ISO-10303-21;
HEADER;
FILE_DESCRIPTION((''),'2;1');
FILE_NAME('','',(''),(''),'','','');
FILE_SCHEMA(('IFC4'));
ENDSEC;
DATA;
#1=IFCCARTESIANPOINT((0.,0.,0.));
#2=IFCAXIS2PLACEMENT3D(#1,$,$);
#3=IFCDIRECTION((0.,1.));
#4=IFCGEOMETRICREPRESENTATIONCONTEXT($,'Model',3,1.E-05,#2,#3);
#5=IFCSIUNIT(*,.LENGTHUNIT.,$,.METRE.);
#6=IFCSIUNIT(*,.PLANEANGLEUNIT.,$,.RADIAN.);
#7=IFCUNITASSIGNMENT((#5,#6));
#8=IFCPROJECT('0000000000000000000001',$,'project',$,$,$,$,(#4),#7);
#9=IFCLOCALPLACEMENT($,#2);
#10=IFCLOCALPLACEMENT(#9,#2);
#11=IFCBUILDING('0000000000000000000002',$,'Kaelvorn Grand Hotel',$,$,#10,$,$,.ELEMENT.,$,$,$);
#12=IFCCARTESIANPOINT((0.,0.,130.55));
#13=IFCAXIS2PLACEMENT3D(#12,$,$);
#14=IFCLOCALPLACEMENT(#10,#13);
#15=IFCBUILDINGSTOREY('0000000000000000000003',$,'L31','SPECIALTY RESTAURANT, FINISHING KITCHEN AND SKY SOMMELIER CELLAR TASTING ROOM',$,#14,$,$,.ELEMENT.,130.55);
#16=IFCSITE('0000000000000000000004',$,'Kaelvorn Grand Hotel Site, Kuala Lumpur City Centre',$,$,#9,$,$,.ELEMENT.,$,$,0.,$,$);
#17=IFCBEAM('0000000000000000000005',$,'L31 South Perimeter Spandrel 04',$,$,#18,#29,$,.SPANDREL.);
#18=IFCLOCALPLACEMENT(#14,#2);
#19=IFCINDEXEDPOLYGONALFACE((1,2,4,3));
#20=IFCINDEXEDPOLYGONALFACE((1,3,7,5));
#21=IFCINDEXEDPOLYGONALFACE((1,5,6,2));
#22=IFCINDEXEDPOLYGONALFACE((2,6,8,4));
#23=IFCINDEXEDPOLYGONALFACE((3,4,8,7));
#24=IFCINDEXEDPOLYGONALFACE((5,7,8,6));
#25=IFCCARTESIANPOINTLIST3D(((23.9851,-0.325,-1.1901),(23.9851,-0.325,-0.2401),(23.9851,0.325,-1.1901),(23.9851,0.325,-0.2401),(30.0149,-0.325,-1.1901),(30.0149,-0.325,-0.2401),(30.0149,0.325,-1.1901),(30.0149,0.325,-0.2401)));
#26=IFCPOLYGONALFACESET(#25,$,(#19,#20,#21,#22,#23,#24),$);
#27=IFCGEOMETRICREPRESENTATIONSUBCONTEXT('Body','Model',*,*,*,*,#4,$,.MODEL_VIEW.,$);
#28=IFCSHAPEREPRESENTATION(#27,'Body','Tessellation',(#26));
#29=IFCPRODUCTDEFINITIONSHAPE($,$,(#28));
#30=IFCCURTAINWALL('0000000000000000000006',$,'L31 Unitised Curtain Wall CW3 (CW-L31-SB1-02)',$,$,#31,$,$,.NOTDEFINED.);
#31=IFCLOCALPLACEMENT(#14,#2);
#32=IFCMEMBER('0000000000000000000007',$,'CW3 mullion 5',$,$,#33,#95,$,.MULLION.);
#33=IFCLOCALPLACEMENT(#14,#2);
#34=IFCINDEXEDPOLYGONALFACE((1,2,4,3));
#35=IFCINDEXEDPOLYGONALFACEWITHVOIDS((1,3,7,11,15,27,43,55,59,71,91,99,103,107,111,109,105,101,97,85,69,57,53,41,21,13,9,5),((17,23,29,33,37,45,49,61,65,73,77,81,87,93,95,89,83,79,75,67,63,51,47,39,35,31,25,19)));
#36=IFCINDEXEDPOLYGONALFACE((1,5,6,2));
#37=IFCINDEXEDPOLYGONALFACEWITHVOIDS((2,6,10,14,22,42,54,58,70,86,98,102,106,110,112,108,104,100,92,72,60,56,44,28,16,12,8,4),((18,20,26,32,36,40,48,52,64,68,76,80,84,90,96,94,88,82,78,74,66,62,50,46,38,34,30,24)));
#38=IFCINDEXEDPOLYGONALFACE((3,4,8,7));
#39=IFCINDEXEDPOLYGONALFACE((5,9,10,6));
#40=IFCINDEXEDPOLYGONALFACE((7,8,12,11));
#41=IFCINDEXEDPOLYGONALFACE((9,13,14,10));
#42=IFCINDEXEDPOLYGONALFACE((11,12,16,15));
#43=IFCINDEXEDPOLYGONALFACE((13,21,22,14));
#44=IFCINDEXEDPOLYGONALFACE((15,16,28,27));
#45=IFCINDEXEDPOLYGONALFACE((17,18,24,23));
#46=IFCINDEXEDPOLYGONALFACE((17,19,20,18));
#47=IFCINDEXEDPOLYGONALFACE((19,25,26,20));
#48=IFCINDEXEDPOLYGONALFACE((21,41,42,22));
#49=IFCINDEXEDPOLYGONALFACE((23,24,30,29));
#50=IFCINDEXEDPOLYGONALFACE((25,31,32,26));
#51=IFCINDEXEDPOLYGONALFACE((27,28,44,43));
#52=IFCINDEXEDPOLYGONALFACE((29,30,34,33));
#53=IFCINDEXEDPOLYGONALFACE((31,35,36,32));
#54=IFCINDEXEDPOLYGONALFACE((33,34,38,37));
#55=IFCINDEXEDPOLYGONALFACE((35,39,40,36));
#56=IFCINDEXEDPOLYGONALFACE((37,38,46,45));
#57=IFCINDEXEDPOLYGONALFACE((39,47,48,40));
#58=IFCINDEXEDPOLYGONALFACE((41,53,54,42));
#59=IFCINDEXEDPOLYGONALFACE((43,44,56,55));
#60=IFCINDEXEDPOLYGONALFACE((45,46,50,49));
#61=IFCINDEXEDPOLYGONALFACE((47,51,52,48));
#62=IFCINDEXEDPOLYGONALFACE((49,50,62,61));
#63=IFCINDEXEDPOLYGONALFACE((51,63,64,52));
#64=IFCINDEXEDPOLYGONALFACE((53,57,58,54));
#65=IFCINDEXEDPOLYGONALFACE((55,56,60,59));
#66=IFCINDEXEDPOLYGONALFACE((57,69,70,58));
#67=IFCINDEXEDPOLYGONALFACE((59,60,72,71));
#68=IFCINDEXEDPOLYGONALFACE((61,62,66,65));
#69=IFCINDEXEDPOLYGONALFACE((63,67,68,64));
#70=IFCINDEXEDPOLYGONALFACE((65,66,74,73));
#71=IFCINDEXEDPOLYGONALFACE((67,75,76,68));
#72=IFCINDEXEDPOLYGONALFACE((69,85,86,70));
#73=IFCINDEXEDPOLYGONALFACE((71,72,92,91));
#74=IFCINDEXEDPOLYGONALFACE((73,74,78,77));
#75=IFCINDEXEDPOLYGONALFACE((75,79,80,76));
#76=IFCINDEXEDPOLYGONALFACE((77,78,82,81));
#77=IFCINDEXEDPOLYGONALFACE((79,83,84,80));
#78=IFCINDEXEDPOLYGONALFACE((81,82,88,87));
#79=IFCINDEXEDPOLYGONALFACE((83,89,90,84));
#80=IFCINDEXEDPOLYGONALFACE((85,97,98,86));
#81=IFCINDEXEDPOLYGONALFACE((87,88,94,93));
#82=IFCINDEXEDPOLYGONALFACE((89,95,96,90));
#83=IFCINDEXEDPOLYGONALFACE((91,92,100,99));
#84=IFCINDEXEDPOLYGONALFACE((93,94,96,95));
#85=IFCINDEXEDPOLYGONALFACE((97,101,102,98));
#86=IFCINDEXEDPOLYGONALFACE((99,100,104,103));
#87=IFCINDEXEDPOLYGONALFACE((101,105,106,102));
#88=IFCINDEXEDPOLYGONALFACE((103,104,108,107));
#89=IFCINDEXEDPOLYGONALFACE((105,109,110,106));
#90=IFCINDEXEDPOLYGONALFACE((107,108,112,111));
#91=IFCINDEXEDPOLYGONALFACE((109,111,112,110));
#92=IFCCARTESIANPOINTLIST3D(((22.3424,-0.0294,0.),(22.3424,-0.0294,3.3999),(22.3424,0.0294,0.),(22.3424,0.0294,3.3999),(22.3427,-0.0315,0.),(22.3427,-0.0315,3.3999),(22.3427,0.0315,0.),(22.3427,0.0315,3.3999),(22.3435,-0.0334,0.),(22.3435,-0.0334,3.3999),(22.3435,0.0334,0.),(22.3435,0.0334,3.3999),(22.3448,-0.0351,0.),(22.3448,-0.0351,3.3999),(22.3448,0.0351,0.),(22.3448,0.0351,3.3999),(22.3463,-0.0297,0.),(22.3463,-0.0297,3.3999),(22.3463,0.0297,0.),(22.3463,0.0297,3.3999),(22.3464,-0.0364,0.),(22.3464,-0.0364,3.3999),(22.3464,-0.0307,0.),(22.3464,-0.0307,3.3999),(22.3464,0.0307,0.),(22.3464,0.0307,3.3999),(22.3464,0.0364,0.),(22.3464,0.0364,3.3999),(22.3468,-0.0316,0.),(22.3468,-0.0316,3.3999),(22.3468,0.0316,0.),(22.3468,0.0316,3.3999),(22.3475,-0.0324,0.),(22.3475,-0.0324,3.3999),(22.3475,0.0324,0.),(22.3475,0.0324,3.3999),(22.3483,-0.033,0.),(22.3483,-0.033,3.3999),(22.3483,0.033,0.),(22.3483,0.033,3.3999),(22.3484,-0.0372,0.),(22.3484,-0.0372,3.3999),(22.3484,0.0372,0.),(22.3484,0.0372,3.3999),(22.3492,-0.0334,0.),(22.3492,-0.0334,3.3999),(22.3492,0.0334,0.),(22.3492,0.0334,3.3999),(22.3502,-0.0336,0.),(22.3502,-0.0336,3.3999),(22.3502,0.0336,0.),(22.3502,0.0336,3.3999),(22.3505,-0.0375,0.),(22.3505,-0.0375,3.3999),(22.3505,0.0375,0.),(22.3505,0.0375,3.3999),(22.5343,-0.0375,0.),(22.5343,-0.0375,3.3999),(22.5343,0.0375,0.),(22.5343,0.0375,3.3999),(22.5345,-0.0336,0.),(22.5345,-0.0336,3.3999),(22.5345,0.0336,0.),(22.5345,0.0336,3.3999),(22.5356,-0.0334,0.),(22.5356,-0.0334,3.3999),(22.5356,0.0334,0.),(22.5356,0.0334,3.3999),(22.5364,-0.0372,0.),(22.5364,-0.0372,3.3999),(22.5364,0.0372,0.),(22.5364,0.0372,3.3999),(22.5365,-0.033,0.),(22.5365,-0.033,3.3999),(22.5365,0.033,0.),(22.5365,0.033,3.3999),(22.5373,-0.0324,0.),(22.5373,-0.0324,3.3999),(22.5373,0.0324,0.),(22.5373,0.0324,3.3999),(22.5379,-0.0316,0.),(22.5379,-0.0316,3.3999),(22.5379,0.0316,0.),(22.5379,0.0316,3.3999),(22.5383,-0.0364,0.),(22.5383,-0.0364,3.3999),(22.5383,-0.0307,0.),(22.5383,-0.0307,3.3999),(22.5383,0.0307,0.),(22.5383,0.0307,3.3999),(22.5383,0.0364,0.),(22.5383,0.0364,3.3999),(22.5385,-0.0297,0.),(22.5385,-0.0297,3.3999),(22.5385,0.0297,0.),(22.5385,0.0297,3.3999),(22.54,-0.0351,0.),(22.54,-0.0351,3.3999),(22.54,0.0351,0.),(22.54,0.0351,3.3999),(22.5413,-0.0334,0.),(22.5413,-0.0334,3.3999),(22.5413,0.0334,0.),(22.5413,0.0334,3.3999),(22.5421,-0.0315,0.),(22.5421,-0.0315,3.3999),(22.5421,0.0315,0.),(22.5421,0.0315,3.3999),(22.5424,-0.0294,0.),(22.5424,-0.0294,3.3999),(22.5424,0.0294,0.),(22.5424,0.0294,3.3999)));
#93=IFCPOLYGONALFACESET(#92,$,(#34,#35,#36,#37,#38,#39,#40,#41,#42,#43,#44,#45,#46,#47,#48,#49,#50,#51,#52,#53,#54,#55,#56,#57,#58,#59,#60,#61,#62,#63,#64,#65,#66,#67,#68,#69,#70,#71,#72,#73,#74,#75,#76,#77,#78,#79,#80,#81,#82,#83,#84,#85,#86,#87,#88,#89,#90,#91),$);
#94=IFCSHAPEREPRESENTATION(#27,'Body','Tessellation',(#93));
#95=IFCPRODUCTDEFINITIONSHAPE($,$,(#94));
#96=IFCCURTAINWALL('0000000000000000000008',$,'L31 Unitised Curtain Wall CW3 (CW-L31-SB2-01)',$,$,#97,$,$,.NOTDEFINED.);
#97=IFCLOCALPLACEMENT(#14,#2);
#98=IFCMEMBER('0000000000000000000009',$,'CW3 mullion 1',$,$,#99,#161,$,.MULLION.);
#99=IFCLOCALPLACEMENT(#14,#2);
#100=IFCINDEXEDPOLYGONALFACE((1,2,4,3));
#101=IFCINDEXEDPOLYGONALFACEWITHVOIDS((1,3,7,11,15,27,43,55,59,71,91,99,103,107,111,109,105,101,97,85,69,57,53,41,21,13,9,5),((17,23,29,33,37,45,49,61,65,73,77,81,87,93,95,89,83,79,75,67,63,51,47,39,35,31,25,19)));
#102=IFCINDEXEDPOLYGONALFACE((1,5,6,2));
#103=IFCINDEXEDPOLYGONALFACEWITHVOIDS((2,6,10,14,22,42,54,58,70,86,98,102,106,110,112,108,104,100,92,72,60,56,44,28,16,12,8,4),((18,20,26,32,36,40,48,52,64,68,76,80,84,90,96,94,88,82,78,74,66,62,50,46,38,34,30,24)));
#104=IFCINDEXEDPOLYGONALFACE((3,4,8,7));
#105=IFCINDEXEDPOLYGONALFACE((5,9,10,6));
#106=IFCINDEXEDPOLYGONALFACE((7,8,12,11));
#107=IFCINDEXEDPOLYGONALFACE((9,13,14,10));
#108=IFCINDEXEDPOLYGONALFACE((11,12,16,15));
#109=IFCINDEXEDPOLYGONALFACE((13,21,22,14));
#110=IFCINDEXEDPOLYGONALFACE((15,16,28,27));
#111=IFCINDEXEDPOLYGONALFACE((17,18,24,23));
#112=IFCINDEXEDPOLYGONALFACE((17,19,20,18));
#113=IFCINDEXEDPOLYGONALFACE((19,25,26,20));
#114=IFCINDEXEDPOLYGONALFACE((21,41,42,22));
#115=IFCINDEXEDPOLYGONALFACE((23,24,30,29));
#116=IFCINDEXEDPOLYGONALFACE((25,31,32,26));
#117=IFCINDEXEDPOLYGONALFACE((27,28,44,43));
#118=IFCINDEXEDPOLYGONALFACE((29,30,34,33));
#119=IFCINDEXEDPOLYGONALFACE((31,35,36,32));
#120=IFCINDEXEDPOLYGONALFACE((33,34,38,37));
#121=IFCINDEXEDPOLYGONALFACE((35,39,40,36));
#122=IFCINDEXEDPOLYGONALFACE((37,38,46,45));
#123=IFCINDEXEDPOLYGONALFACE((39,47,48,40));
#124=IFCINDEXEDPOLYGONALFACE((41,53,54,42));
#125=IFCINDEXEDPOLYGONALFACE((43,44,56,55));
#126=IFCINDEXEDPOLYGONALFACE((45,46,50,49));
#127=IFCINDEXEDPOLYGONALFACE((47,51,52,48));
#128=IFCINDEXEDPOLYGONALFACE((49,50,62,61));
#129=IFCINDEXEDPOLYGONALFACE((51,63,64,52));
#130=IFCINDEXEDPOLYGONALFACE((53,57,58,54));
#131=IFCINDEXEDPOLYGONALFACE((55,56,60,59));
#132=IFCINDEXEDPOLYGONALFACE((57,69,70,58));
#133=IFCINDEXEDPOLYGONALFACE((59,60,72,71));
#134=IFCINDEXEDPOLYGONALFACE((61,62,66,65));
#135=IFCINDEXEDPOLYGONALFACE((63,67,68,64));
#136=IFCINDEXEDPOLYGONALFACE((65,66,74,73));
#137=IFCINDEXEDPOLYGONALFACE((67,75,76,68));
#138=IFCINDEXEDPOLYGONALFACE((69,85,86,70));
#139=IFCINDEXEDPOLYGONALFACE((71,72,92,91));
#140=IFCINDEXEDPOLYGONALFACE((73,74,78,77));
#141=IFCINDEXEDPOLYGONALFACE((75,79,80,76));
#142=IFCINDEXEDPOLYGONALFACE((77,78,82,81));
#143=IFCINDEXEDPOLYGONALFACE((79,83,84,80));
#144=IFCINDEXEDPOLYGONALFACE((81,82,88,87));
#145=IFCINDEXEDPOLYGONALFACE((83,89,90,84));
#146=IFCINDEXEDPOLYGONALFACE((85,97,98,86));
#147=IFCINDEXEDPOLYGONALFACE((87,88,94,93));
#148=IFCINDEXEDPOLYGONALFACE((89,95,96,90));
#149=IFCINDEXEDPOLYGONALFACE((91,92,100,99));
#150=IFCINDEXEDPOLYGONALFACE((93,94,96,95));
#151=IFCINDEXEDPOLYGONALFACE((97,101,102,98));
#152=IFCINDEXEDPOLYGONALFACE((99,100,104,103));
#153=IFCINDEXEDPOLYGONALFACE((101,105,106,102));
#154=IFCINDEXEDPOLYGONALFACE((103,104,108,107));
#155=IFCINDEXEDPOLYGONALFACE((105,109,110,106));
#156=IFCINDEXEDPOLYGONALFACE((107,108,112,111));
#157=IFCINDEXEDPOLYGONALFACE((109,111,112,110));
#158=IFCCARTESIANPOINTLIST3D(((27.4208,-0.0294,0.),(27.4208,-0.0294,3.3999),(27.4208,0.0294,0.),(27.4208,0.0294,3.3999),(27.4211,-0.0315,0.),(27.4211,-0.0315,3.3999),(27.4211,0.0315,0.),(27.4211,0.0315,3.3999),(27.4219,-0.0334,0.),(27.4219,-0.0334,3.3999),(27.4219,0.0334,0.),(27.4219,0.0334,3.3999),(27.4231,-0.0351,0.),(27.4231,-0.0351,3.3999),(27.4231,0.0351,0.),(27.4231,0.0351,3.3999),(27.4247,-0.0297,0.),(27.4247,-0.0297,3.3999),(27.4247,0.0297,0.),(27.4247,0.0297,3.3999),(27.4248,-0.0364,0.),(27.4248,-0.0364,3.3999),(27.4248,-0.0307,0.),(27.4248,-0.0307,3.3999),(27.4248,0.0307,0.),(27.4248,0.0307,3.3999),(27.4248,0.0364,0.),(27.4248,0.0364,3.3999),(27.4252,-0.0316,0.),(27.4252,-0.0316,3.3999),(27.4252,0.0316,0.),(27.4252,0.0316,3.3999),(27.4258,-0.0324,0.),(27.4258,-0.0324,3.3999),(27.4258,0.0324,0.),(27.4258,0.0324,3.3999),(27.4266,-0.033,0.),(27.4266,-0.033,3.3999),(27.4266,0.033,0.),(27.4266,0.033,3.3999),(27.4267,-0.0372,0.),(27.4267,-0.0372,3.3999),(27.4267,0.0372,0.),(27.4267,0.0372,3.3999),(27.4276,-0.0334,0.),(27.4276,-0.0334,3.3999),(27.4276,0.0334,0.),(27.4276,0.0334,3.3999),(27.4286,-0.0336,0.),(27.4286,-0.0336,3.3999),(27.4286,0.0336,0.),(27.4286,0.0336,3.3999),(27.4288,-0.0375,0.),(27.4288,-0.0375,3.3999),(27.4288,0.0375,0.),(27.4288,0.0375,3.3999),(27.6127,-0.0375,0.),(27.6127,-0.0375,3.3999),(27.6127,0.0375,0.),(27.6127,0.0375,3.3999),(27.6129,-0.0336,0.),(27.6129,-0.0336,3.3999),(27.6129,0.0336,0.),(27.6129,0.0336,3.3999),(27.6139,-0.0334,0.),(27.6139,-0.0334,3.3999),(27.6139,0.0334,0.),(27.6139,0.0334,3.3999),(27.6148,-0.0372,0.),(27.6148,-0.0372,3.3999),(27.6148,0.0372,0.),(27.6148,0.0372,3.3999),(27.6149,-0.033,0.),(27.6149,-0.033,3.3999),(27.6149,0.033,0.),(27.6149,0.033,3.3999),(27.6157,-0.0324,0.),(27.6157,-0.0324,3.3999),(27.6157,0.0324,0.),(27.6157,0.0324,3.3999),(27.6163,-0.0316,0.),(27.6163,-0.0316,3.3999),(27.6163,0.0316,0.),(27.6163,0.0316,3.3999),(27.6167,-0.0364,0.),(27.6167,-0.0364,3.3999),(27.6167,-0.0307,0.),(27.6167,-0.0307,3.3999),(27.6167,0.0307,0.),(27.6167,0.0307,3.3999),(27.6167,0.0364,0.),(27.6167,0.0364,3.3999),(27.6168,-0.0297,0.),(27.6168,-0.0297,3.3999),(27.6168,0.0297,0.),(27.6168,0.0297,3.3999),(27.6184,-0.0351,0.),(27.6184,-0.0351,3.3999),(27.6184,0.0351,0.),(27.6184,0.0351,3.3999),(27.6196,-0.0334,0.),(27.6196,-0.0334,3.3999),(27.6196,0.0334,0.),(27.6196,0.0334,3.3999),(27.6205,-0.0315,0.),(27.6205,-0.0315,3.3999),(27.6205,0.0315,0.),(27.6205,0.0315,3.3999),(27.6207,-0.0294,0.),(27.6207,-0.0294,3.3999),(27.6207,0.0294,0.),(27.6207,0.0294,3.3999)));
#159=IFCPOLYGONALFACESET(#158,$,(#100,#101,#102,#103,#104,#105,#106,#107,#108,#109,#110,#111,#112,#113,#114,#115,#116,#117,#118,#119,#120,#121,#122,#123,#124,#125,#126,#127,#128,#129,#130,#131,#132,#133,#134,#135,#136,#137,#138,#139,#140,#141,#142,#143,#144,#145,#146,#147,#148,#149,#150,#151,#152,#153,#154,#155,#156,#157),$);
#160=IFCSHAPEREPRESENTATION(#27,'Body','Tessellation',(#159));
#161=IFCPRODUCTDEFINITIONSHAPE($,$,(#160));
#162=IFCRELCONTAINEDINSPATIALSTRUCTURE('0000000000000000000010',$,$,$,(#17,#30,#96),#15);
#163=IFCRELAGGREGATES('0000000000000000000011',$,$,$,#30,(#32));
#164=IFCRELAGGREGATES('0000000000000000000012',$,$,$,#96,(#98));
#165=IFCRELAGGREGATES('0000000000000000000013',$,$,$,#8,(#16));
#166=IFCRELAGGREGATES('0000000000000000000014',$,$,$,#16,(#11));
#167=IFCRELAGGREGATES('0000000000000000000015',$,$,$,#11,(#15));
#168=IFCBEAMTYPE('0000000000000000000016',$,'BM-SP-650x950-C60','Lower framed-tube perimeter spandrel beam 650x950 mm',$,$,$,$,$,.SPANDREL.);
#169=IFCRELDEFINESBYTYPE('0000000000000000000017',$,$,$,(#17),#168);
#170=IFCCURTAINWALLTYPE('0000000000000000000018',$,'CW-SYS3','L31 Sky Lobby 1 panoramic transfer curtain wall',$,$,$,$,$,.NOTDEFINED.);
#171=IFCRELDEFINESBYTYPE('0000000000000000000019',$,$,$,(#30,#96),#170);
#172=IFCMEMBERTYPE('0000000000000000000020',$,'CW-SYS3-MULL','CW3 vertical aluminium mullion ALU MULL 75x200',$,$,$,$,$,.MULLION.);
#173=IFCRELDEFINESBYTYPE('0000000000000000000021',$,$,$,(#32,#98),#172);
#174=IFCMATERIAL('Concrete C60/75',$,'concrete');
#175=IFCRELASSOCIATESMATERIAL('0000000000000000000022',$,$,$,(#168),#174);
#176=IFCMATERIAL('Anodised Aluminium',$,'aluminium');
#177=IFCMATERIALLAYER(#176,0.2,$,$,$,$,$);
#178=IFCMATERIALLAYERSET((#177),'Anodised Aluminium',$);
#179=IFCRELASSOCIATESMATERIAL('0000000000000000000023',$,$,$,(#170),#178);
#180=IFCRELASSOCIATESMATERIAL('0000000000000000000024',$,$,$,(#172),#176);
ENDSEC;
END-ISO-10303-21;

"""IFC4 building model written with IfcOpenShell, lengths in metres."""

from ifc_helpers import new_model, si_unit, direction, frame, origin, origin_2d, place, context, subcontext, project, spatial, rectangle, hollow_rectangle, extrude, material, layer, layer_set, material_profile, profile_set, type_object, element, aggregate, save


model = new_model("IFC4")

# Units and contexts
model_context = context("Model", 3, precision=1e-05, world=origin(), true_north=direction((0.0, 1.0)))
body_context = subcontext(model_context, "Body", "Model", "MODEL_VIEW")
ifc_project = project(units=[si_unit("LENGTHUNIT", "METRE"), si_unit("PLANEANGLEUNIT", "RADIAN")], contexts=[model_context])

# Site, building, storey
site_placement = place(None, origin())
site = spatial("IfcSite", under=ifc_project, at=site_placement, Name="Kaelvorn Grand Hotel Site, Kuala Lumpur City Centre", CompositionType="ELEMENT", RefElevation=0.0)
building_placement = place(site_placement, origin())
building = spatial("IfcBuilding", under=site, at=building_placement, Name="Kaelvorn Grand Hotel", CompositionType="ELEMENT")
storey_placement = place(building_placement, frame((0.0, 0.0, 130.55)))
storey = spatial("IfcBuildingStorey", under=building, at=storey_placement, Name="L31", Description="SPECIALTY RESTAURANT, FINISHING KITCHEN AND SKY SOMMELIER CELLAR TASTING ROOM", CompositionType="ELEMENT", Elevation=130.55)

# Shared definitions
ifc_material_1 = material(Name="Concrete C60/75", Category="concrete")

# Beam
ifc_material_profile_1 = material_profile(ifc_material_1, rectangle(XDim=0.6499, YDim=0.95, at=origin_2d()), Name="RC SPANDREL 650x950")
ifc_profile_set_1 = profile_set([ifc_material_profile_1], Name="Concrete C60/75")
beam_type_1 = type_object("IfcBeamType", Name="BM-SP-650x950-C60", Description="Lower framed-tube perimeter spandrel beam 650x950 mm", PredefinedType="SPANDREL", material=ifc_profile_set_1)
beam_1_placement = place(storey_placement, frame((23.9851, 0.0, -0.7151), z_axis=(1.0, 0.0, 0.0), x_axis=(0.0, 1.0, 0.0)))
element("IfcBeam", 1, at=beam_1_placement, inside=storey, type_object=beam_type_1, Name="L31 South Perimeter Spandrel 04", PredefinedType="SPANDREL", context=body_context, shape_type="SweptSolid", body=[
    extrude(rectangle(XDim=0.6499, YDim=0.95, at=origin_2d()), origin(), (0.0, 0.0, 1.0), 6.0298),
])

# Curtain wall, member
ifc_material_2 = material(Name="Anodised Aluminium", Category="aluminium")
ifc_layer_1 = layer(ifc_material_2, 0.2)
ifc_layer_set_1 = layer_set([ifc_layer_1], Name="Anodised Aluminium")
curtain_wall_type = type_object("IfcCurtainWallType", Name="CW-SYS3", Description="L31 Sky Lobby 1 panoramic transfer curtain wall", PredefinedType="NOTDEFINED", material=ifc_layer_set_1)
curtain_wall_1_placement = place(storey_placement, origin())
curtain_wall_1 = element("IfcCurtainWall", 2, at=curtain_wall_1_placement, inside=storey, type_object=curtain_wall_type, Name="L31 Unitised Curtain Wall CW3 (CW-L31-SB1-02)", PredefinedType="NOTDEFINED")
ifc_material_profile_2 = material_profile(ifc_material_2, hollow_rectangle(XDim=0.075, YDim=0.2, WallThickness=0.0039, InnerFilletRadius=0.0039, OuterFilletRadius=0.0081, at=origin_2d()), Name="ALU MULL 75x200")
ifc_profile_set_2 = profile_set([ifc_material_profile_2], Name="Anodised Aluminium")
member_type_1 = type_object("IfcMemberType", Name="CW-SYS3-MULL", Description="CW3 vertical aluminium mullion ALU MULL 75x200", PredefinedType="MULLION", material=ifc_profile_set_2)
member_1_placement = place(storey_placement, frame((22.4424, 0.0, 0.0), z_axis=(0.0, 0.0, 1.0), x_axis=(0.0, 1.0, 0.0)))
member_1 = element("IfcMember", 3, at=member_1_placement, type_object=member_type_1, Name="CW3 mullion 5", PredefinedType="MULLION", context=body_context, shape_type="SweptSolid", body=[
    extrude(hollow_rectangle(XDim=0.075, YDim=0.2, WallThickness=0.0039, InnerFilletRadius=0.0039, OuterFilletRadius=0.0081, at=origin_2d()), origin(), (0.0, 0.0, 1.0), 3.3999),
])

# Curtain wall, member
curtain_wall_2_placement = place(storey_placement, origin())
curtain_wall_2 = element("IfcCurtainWall", 4, at=curtain_wall_2_placement, inside=storey, type_object=curtain_wall_type, Name="L31 Unitised Curtain Wall CW3 (CW-L31-SB2-01)", PredefinedType="NOTDEFINED")
member_2_placement = place(storey_placement, frame((27.5208, 0.0, 0.0), z_axis=(0.0, 0.0, 1.0), x_axis=(0.0, 1.0, 0.0)))
member_2 = element("IfcMember", 5, at=member_2_placement, type_object=member_type_1, Name="CW3 mullion 1", PredefinedType="MULLION", context=body_context, shape_type="SweptSolid", body=[
    extrude(hollow_rectangle(XDim=0.075, YDim=0.2, WallThickness=0.0039, InnerFilletRadius=0.0039, OuterFilletRadius=0.0081, at=origin_2d()), origin(), (0.0, 0.0, 1.0), 3.3999),
])

aggregate(curtain_wall_1, [member_1])
aggregate(curtain_wall_2, [member_2])

save(model, "model.ifc")
